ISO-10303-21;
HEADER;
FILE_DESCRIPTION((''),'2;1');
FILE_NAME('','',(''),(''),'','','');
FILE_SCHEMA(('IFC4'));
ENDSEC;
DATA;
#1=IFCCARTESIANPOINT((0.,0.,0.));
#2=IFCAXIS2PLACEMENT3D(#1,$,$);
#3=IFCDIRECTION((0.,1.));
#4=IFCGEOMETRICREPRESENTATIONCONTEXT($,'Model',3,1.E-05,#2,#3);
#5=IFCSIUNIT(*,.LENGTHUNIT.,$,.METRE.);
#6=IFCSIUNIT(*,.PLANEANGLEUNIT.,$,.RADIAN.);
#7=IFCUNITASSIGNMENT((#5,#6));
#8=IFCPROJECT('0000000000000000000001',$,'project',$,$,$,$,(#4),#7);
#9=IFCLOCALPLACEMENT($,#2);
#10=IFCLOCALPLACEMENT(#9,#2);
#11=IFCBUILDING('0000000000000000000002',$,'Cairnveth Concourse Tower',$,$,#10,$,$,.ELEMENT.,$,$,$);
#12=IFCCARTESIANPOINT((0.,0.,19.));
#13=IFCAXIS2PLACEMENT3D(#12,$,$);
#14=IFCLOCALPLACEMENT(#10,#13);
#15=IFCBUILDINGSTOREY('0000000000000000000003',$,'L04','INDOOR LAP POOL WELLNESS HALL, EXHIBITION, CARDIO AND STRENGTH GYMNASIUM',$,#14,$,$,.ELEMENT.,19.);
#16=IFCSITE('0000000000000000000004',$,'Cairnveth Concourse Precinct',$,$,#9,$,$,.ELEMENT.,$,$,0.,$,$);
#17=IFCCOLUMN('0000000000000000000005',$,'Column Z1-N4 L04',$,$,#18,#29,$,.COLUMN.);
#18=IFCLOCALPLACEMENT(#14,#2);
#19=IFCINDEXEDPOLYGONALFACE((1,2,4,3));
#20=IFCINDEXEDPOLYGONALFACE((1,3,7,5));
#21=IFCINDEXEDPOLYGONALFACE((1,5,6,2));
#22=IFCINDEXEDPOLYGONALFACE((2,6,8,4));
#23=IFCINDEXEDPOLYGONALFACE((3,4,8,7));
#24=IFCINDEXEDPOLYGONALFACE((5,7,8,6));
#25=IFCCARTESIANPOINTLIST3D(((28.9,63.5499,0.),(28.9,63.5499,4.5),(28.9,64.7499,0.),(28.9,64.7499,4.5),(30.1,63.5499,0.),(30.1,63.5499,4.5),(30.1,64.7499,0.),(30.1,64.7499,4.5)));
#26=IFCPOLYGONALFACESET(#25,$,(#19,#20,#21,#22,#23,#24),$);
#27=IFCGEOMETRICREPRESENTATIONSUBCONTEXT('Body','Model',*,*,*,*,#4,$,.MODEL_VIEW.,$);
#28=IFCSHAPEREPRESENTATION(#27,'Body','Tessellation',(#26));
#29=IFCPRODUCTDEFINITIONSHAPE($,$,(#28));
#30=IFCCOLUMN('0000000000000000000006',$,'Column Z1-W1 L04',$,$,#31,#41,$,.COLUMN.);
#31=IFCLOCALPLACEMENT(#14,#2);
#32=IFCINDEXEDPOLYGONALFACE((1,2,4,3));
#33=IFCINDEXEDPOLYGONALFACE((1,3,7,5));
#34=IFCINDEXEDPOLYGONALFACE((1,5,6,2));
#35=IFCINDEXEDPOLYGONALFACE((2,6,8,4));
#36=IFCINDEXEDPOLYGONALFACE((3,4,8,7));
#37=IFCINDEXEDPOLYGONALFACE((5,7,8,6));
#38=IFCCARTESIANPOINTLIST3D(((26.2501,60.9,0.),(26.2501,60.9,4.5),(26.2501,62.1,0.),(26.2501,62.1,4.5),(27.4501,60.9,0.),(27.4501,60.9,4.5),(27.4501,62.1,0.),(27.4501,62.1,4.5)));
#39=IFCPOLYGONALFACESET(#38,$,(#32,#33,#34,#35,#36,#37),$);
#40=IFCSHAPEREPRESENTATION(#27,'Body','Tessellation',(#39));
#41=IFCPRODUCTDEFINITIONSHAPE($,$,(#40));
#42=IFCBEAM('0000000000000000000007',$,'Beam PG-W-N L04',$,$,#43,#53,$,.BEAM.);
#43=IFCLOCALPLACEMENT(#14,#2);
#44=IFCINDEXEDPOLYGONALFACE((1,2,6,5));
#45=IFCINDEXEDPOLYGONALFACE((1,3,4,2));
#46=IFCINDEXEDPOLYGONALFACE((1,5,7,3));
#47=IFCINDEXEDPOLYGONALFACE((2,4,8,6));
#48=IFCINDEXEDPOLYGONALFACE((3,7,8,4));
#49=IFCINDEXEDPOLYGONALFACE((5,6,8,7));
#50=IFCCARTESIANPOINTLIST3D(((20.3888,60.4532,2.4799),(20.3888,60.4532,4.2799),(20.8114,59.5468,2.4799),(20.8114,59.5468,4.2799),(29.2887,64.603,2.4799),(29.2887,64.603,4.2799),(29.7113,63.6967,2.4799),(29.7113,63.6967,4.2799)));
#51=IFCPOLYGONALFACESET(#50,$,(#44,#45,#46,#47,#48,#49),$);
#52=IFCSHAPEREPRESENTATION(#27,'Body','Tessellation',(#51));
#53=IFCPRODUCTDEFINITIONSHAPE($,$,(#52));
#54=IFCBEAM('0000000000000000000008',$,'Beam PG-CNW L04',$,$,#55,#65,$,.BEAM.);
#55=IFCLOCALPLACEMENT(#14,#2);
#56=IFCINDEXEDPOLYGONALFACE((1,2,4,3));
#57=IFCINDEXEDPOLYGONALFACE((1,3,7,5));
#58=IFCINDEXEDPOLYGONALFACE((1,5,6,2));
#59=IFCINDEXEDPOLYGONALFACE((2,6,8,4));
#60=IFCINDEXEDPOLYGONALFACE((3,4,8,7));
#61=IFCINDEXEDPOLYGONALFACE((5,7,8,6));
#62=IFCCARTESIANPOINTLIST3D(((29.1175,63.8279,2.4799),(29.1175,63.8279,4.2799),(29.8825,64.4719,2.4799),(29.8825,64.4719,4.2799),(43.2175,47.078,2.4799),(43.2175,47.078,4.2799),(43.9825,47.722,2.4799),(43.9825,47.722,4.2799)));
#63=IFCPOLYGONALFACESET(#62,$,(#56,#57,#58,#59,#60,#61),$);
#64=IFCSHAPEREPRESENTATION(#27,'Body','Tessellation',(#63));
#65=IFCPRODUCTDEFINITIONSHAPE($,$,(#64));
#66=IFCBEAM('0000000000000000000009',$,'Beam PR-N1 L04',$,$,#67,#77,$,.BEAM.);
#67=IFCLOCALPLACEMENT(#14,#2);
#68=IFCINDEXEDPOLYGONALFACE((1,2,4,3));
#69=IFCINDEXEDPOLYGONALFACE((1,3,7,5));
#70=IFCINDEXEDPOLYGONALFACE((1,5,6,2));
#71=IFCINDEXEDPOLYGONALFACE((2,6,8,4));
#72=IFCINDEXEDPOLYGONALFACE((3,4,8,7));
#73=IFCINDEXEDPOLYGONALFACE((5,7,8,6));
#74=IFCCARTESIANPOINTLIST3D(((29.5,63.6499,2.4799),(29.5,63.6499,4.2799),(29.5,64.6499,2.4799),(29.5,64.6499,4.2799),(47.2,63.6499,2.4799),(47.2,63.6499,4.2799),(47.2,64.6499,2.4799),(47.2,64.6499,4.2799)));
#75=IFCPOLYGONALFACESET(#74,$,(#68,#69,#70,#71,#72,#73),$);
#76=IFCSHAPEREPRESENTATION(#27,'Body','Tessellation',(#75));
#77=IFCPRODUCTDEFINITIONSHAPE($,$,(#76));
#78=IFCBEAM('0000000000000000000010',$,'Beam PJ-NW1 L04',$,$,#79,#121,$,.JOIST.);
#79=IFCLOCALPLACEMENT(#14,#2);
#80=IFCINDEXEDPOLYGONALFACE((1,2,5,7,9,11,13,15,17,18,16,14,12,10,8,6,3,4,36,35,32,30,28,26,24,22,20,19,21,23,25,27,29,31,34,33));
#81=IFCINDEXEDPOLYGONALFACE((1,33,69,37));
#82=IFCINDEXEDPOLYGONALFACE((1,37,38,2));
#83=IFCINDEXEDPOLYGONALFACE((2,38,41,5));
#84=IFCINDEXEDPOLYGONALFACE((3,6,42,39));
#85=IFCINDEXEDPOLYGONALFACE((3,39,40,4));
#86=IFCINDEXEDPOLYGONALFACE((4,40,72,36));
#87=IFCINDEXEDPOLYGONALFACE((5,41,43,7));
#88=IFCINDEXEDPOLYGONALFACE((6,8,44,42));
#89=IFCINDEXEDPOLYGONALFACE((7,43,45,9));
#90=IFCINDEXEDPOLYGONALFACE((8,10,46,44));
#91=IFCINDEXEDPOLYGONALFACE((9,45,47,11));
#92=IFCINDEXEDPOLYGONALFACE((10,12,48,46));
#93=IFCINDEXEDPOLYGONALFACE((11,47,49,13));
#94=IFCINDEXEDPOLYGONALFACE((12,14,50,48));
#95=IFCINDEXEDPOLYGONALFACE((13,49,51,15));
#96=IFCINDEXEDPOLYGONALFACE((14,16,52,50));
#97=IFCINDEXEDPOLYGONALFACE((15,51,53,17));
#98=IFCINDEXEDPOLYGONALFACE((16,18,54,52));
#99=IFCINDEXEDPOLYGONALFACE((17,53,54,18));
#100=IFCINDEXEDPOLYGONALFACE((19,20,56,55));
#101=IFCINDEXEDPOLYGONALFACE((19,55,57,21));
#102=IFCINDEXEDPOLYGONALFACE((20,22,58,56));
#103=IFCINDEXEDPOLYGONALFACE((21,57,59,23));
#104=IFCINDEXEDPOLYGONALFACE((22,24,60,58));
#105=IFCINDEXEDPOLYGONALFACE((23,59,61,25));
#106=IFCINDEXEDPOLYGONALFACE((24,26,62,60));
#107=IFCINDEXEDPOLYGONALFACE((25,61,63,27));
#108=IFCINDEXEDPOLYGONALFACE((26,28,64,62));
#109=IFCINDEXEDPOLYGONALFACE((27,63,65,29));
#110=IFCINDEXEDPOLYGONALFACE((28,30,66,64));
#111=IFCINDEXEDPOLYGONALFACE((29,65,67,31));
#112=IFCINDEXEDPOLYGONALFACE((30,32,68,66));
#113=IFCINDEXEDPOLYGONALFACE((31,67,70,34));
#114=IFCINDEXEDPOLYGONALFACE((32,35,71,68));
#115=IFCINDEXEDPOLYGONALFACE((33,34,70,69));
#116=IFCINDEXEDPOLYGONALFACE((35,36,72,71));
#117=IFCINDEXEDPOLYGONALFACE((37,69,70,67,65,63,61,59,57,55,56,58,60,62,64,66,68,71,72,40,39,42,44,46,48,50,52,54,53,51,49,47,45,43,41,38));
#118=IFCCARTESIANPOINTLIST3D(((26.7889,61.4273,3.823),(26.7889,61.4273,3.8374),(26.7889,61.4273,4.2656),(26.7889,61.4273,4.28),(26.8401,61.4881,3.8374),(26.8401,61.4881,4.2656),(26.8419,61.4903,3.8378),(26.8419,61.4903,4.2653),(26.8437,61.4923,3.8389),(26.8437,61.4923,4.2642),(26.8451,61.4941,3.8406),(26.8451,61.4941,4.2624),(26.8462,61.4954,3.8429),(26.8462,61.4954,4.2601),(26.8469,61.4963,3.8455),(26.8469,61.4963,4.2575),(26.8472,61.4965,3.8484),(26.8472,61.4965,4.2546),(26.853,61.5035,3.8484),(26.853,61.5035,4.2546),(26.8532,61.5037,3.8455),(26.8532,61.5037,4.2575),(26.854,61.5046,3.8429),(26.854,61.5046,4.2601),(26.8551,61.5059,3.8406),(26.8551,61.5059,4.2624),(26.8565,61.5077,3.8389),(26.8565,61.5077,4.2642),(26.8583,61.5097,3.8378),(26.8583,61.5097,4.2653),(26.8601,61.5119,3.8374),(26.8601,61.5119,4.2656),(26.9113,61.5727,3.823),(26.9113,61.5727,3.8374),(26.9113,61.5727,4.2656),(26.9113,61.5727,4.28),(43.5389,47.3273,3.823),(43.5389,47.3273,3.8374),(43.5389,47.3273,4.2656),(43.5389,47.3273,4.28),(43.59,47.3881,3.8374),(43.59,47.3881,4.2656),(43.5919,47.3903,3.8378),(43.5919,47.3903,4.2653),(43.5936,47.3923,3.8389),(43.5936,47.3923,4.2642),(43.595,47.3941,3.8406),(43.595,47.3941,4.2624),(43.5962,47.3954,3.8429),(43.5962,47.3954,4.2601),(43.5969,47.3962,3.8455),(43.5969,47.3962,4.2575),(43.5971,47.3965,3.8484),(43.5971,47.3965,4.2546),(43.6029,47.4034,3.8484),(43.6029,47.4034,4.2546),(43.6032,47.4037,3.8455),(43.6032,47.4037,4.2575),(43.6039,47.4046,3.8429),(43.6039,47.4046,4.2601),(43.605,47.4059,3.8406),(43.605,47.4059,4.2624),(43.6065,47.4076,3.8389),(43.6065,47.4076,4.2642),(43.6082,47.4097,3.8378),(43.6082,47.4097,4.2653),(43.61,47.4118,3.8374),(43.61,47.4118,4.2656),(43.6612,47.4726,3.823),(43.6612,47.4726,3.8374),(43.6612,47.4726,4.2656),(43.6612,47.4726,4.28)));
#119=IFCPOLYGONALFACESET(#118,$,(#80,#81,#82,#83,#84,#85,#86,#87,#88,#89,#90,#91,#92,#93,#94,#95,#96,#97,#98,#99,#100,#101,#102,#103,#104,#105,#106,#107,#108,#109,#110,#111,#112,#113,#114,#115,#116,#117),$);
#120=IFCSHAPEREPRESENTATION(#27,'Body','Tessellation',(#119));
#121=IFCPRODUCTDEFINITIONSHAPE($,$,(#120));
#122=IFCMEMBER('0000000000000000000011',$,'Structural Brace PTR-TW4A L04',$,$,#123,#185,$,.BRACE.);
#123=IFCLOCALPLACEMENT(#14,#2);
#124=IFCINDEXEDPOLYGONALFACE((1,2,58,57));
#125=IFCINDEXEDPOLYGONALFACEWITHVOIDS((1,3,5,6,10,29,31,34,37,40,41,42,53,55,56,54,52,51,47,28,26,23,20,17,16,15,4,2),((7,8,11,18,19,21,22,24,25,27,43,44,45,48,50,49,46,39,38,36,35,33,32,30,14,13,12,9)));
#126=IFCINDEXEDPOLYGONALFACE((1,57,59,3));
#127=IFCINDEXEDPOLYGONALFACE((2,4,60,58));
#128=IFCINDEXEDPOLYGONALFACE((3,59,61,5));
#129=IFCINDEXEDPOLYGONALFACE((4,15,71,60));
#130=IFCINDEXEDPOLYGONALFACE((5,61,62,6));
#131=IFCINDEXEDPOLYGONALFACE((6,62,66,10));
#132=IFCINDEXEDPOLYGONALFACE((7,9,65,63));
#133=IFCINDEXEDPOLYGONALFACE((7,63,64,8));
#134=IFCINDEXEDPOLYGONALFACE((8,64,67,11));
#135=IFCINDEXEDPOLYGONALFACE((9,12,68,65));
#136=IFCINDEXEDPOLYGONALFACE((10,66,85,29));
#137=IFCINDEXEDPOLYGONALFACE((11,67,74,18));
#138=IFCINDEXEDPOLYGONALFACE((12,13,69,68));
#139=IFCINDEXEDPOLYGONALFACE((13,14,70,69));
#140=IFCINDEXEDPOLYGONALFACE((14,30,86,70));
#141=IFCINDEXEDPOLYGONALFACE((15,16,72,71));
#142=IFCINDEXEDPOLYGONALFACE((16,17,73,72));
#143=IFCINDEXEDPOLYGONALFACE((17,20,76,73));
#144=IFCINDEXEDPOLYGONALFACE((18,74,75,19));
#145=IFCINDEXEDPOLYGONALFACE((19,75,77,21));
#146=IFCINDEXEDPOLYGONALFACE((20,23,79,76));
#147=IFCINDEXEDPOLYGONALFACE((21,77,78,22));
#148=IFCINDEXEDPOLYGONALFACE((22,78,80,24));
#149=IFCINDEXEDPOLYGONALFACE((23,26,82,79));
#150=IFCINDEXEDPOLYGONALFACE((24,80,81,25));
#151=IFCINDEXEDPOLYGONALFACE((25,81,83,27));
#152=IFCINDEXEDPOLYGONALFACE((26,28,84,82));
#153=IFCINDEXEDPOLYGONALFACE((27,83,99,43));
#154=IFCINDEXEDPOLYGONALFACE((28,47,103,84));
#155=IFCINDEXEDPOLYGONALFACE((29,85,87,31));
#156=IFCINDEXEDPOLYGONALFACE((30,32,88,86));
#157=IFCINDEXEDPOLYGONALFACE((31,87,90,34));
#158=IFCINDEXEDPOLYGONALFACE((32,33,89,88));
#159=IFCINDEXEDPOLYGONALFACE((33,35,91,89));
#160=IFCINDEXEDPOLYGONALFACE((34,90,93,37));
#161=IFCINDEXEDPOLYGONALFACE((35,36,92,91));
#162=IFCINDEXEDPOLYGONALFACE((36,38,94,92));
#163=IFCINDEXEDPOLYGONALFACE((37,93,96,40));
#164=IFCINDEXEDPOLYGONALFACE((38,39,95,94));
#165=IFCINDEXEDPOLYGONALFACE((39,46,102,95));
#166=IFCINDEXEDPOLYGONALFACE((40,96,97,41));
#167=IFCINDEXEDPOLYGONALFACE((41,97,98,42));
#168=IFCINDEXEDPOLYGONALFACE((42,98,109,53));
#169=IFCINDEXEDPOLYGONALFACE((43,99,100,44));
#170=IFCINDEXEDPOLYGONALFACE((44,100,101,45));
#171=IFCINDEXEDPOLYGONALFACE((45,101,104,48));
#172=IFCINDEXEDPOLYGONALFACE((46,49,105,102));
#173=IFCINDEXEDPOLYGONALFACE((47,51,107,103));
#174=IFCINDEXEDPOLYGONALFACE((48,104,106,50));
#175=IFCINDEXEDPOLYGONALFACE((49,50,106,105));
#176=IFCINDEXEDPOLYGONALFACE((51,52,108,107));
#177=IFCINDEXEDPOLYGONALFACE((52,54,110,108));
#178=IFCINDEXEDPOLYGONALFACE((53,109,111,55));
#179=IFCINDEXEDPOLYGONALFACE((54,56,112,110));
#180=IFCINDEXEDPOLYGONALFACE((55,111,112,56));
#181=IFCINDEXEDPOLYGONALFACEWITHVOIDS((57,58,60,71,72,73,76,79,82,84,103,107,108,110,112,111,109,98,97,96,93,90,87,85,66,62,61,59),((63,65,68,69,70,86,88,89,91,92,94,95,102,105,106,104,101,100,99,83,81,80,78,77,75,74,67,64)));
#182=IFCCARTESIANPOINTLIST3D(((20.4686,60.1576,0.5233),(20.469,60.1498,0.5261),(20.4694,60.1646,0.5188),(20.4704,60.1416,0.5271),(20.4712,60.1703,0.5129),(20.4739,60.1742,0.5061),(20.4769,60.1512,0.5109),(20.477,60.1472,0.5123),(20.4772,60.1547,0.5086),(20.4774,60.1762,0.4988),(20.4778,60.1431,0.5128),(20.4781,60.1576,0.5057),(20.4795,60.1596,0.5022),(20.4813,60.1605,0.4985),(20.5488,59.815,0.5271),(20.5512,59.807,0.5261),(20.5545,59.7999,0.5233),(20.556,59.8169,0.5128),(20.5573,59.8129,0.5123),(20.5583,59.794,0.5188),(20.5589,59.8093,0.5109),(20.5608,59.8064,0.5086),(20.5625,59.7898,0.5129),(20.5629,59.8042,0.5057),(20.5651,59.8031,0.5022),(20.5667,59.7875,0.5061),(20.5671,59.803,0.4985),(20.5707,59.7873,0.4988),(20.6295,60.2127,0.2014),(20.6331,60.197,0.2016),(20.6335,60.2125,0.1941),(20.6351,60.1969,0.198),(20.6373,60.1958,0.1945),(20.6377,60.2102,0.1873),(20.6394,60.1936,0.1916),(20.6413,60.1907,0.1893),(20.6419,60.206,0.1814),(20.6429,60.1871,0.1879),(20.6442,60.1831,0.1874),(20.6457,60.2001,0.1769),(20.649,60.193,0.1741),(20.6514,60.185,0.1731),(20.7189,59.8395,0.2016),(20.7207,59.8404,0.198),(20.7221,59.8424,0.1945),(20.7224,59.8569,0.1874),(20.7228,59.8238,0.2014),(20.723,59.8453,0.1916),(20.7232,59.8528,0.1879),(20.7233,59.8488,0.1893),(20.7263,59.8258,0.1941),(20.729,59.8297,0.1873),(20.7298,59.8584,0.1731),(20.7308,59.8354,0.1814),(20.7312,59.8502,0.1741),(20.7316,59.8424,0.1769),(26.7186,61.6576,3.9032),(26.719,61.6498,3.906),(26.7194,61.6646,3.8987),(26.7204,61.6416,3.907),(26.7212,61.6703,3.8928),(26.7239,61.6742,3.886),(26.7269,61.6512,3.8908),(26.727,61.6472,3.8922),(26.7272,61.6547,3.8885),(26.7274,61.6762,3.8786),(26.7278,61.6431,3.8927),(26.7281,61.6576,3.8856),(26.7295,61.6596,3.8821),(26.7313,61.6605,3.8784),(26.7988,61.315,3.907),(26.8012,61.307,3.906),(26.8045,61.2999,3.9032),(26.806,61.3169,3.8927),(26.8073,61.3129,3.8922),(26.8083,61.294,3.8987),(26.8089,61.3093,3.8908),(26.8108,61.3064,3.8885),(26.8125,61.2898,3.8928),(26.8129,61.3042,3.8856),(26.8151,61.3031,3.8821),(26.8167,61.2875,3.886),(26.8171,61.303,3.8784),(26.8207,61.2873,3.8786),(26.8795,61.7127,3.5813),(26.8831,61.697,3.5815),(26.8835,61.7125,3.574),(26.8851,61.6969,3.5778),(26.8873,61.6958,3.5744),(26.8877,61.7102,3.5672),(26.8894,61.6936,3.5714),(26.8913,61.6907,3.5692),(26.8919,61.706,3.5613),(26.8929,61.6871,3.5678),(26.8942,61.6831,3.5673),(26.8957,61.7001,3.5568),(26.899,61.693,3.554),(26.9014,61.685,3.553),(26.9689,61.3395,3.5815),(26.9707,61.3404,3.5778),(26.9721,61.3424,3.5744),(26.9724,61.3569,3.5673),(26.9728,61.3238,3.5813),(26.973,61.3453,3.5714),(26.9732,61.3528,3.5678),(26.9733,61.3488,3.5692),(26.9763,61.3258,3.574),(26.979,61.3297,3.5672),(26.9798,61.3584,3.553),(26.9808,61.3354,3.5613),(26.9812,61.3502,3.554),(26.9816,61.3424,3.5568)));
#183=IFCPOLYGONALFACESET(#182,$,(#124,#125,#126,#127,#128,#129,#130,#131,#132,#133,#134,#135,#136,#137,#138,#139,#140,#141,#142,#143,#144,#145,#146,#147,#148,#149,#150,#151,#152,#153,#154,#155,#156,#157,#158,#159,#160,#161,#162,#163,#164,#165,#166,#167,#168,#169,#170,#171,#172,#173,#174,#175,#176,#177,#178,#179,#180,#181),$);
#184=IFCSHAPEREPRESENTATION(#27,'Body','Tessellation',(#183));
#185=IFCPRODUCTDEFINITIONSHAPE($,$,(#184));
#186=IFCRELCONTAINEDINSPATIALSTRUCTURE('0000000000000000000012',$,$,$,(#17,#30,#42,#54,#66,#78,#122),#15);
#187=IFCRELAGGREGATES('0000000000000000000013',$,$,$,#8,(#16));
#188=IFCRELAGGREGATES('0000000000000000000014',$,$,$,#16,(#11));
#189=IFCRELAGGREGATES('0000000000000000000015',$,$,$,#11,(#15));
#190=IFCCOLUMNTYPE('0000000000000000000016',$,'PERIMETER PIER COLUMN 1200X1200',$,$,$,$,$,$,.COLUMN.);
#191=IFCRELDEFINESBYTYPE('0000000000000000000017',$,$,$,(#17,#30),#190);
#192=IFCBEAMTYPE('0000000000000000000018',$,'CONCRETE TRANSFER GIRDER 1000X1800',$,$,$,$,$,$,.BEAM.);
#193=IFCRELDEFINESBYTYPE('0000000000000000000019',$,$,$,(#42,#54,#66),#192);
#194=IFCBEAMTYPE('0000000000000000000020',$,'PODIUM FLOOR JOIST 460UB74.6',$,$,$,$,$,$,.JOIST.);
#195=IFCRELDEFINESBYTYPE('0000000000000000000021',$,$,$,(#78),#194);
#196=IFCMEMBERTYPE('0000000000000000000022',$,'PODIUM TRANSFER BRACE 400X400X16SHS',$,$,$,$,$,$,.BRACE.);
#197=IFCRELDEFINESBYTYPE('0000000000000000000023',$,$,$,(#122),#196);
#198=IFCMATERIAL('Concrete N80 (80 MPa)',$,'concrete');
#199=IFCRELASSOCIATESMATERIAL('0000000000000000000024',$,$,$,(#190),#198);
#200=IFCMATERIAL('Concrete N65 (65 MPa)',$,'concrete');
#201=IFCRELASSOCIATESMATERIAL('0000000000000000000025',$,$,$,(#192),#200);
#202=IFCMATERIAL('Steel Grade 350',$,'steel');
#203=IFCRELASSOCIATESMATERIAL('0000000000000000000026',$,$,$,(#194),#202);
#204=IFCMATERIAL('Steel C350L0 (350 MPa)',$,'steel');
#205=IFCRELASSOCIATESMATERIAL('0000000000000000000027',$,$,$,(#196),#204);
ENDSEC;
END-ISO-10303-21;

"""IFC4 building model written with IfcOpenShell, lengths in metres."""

from ifc_helpers import new_model, si_unit, direction, frame, origin, origin_2d, place, context, subcontext, project, spatial, rectangle, hollow_rectangle, i_section, extrude, material, material_profile, profile_set, type_object, element, save


model = new_model("IFC4")

# Units and contexts
model_context = context("Model", 3, precision=1e-05, world=origin(), true_north=direction((0.0, 1.0)))
body_context = subcontext(model_context, "Body", "Model", "MODEL_VIEW")
ifc_project = project(units=[si_unit("LENGTHUNIT", "METRE"), si_unit("PLANEANGLEUNIT", "RADIAN")], contexts=[model_context])

# Site, building, storey
site_placement = place(None, origin())
site = spatial("IfcSite", under=ifc_project, at=site_placement, Name="Cairnveth Concourse Precinct", CompositionType="ELEMENT", RefElevation=0.0)
building_placement = place(site_placement, origin())
building = spatial("IfcBuilding", under=site, at=building_placement, Name="Cairnveth Concourse Tower", CompositionType="ELEMENT")
storey_placement = place(building_placement, frame((0.0, 0.0, 19.0)))
storey = spatial("IfcBuildingStorey", under=building, at=storey_placement, Name="L04", Description="INDOOR LAP POOL WELLNESS HALL, EXHIBITION, CARDIO AND STRENGTH GYMNASIUM", CompositionType="ELEMENT", Elevation=19.0)

# Columns
ifc_material_1 = material(Name="Concrete N80 (80 MPa)", Category="concrete")
ifc_material_profile_1 = material_profile(ifc_material_1, rectangle(XDim=1.2, YDim=1.2, at=origin_2d()), Name="RC-COL-1200x1200")
ifc_profile_set_1 = profile_set([ifc_material_profile_1], Name="Concrete N80 (80 MPa)")
column_type = type_object("IfcColumnType", Name="PERIMETER PIER COLUMN 1200X1200", PredefinedType="COLUMN", material=ifc_profile_set_1)
for number, where, z_axis, x_axis, name in (
    (1, (29.5, 64.1499, 0.0), (0.0, 0.0, 1.0), (1.0, 0.0, 0.0), "Column Z1-N4 L04"),
    (2, (26.8501, 61.5, 0.0), (0.0, 0.0, 1.0), (1.0, 0.0, 0.0), "Column Z1-W1 L04"),
):
    element("IfcColumn", number, at=place(storey_placement, frame(where, z_axis=z_axis, x_axis=x_axis)), inside=storey, type_object=column_type, Name=name, PredefinedType="COLUMN", context=body_context, shape_type="SweptSolid", body=[
        extrude(rectangle(XDim=1.2, YDim=1.2, at=origin_2d()), origin(), (0.0, 0.0, 1.0), 4.5),
    ])

# Beams
ifc_material_2 = material(Name="Concrete N65 (65 MPa)", Category="concrete")
ifc_material_profile_2 = material_profile(ifc_material_2, rectangle(XDim=1.0, YDim=1.8, at=origin_2d()), Name="RC-TB-1000x1800")
ifc_profile_set_2 = profile_set([ifc_material_profile_2], Name="Concrete N65 (65 MPa)")
beam_type_1 = type_object("IfcBeamType", Name="CONCRETE TRANSFER GIRDER 1000X1800", PredefinedType="BEAM", material=ifc_profile_set_2)
beam_1_placement = place(storey_placement, frame((20.6001, 60.0, 3.3799), z_axis=(0.906315, 0.422602, 0.0), x_axis=(-0.422602, 0.906315, 0.0)))
element("IfcBeam", 3, at=beam_1_placement, inside=storey, type_object=beam_type_1, Name="Beam PG-W-N L04", PredefinedType="BEAM", context=body_context, shape_type="SweptSolid", body=[
    extrude(rectangle(XDim=1.0, YDim=1.8, at=origin_2d()), origin(), (0.0, 0.0, 1.0), 9.8198),
])
beam_2_placement = place(storey_placement, frame((29.5, 64.1499, 3.3799), z_axis=(0.643998, -0.765027, 0.0), x_axis=(0.765027, 0.643998, 0.0)))
element("IfcBeam", 4, at=beam_2_placement, inside=storey, type_object=beam_type_1, Name="Beam PG-CNW L04", PredefinedType="BEAM", context=body_context, shape_type="SweptSolid", body=[
    extrude(rectangle(XDim=1.0, YDim=1.8, at=origin_2d()), origin(), (0.0, 0.0, 1.0), 21.8945),
])
beam_3_placement = place(storey_placement, frame((29.5, 64.1499, 3.3799), z_axis=(1.0, 0.0, 0.0), x_axis=(0.0, 1.0, 0.0)))
element("IfcBeam", 5, at=beam_3_placement, inside=storey, type_object=beam_type_1, Name="Beam PR-N1 L04", PredefinedType="BEAM", context=body_context, shape_type="SweptSolid", body=[
    extrude(rectangle(XDim=1.0, YDim=1.8, at=origin_2d()), origin(), (0.0, 0.0, 1.0), 17.7),
])
ifc_material_3 = material(Name="Steel Grade 350", Category="steel")
ifc_material_profile_3 = material_profile(ifc_material_3, i_section(OverallWidth=0.1899, OverallDepth=0.457, WebThickness=0.009, FlangeThickness=0.0144, FilletRadius=0.011, at=origin_2d()), Name="460UB74.6")
ifc_profile_set_3 = profile_set([ifc_material_profile_3], Name="Steel Grade 350")
beam_type_2 = type_object("IfcBeamType", Name="PODIUM FLOOR JOIST 460UB74.6", PredefinedType="JOIST", material=ifc_profile_set_3)
beam_4_placement = place(storey_placement, frame((26.8501, 61.5, 4.0515), z_axis=(0.765027, -0.643998, 0.0), x_axis=(0.643998, 0.765027, 0.0)))
element("IfcBeam", 6, at=beam_4_placement, inside=storey, type_object=beam_type_2, Name="Beam PJ-NW1 L04", PredefinedType="JOIST", context=body_context, shape_type="SweptSolid", body=[
    extrude(i_section(OverallWidth=0.1899, OverallDepth=0.457, WebThickness=0.009, FlangeThickness=0.0144, FilletRadius=0.011, at=origin_2d()), origin(), (0.0, 0.0, 1.0), 21.8945),
])

# Member
ifc_material_4 = material(Name="Steel C350L0 (350 MPa)", Category="steel")
ifc_material_profile_4 = material_profile(ifc_material_4, hollow_rectangle(XDim=0.3999, YDim=0.3999, WallThickness=0.0161, InnerFilletRadius=0.0161, OuterFilletRadius=0.032, at=origin_2d()), Name="400x400x16.0SHS")
ifc_profile_set_4 = profile_set([ifc_material_profile_4], Name="Steel C350L0 (350 MPa)")
member_type = type_object("IfcMemberType", Name="PODIUM TRANSFER BRACE 400X400X16SHS", PredefinedType="BRACE", material=ifc_profile_set_4)
member_1_placement = place(storey_placement, frame((20.6001, 60.0, 0.3501), z_axis=(0.860649, 0.206556, 0.465423), x_axis=(-0.233373, 0.972387, 0.0)))
element("IfcMember", 7, at=member_1_placement, inside=storey, type_object=member_type, Name="Structural Brace PTR-TW4A L04", PredefinedType="BRACE", context=body_context, shape_type="SweptSolid", body=[
    extrude(hollow_rectangle(XDim=0.3999, YDim=0.3999, WallThickness=0.0161, InnerFilletRadius=0.0161, OuterFilletRadius=0.032, at=origin_2d()), origin(), (0.0, 0.0, 1.0), 7.262),
])

save(model, "model.ifc")
